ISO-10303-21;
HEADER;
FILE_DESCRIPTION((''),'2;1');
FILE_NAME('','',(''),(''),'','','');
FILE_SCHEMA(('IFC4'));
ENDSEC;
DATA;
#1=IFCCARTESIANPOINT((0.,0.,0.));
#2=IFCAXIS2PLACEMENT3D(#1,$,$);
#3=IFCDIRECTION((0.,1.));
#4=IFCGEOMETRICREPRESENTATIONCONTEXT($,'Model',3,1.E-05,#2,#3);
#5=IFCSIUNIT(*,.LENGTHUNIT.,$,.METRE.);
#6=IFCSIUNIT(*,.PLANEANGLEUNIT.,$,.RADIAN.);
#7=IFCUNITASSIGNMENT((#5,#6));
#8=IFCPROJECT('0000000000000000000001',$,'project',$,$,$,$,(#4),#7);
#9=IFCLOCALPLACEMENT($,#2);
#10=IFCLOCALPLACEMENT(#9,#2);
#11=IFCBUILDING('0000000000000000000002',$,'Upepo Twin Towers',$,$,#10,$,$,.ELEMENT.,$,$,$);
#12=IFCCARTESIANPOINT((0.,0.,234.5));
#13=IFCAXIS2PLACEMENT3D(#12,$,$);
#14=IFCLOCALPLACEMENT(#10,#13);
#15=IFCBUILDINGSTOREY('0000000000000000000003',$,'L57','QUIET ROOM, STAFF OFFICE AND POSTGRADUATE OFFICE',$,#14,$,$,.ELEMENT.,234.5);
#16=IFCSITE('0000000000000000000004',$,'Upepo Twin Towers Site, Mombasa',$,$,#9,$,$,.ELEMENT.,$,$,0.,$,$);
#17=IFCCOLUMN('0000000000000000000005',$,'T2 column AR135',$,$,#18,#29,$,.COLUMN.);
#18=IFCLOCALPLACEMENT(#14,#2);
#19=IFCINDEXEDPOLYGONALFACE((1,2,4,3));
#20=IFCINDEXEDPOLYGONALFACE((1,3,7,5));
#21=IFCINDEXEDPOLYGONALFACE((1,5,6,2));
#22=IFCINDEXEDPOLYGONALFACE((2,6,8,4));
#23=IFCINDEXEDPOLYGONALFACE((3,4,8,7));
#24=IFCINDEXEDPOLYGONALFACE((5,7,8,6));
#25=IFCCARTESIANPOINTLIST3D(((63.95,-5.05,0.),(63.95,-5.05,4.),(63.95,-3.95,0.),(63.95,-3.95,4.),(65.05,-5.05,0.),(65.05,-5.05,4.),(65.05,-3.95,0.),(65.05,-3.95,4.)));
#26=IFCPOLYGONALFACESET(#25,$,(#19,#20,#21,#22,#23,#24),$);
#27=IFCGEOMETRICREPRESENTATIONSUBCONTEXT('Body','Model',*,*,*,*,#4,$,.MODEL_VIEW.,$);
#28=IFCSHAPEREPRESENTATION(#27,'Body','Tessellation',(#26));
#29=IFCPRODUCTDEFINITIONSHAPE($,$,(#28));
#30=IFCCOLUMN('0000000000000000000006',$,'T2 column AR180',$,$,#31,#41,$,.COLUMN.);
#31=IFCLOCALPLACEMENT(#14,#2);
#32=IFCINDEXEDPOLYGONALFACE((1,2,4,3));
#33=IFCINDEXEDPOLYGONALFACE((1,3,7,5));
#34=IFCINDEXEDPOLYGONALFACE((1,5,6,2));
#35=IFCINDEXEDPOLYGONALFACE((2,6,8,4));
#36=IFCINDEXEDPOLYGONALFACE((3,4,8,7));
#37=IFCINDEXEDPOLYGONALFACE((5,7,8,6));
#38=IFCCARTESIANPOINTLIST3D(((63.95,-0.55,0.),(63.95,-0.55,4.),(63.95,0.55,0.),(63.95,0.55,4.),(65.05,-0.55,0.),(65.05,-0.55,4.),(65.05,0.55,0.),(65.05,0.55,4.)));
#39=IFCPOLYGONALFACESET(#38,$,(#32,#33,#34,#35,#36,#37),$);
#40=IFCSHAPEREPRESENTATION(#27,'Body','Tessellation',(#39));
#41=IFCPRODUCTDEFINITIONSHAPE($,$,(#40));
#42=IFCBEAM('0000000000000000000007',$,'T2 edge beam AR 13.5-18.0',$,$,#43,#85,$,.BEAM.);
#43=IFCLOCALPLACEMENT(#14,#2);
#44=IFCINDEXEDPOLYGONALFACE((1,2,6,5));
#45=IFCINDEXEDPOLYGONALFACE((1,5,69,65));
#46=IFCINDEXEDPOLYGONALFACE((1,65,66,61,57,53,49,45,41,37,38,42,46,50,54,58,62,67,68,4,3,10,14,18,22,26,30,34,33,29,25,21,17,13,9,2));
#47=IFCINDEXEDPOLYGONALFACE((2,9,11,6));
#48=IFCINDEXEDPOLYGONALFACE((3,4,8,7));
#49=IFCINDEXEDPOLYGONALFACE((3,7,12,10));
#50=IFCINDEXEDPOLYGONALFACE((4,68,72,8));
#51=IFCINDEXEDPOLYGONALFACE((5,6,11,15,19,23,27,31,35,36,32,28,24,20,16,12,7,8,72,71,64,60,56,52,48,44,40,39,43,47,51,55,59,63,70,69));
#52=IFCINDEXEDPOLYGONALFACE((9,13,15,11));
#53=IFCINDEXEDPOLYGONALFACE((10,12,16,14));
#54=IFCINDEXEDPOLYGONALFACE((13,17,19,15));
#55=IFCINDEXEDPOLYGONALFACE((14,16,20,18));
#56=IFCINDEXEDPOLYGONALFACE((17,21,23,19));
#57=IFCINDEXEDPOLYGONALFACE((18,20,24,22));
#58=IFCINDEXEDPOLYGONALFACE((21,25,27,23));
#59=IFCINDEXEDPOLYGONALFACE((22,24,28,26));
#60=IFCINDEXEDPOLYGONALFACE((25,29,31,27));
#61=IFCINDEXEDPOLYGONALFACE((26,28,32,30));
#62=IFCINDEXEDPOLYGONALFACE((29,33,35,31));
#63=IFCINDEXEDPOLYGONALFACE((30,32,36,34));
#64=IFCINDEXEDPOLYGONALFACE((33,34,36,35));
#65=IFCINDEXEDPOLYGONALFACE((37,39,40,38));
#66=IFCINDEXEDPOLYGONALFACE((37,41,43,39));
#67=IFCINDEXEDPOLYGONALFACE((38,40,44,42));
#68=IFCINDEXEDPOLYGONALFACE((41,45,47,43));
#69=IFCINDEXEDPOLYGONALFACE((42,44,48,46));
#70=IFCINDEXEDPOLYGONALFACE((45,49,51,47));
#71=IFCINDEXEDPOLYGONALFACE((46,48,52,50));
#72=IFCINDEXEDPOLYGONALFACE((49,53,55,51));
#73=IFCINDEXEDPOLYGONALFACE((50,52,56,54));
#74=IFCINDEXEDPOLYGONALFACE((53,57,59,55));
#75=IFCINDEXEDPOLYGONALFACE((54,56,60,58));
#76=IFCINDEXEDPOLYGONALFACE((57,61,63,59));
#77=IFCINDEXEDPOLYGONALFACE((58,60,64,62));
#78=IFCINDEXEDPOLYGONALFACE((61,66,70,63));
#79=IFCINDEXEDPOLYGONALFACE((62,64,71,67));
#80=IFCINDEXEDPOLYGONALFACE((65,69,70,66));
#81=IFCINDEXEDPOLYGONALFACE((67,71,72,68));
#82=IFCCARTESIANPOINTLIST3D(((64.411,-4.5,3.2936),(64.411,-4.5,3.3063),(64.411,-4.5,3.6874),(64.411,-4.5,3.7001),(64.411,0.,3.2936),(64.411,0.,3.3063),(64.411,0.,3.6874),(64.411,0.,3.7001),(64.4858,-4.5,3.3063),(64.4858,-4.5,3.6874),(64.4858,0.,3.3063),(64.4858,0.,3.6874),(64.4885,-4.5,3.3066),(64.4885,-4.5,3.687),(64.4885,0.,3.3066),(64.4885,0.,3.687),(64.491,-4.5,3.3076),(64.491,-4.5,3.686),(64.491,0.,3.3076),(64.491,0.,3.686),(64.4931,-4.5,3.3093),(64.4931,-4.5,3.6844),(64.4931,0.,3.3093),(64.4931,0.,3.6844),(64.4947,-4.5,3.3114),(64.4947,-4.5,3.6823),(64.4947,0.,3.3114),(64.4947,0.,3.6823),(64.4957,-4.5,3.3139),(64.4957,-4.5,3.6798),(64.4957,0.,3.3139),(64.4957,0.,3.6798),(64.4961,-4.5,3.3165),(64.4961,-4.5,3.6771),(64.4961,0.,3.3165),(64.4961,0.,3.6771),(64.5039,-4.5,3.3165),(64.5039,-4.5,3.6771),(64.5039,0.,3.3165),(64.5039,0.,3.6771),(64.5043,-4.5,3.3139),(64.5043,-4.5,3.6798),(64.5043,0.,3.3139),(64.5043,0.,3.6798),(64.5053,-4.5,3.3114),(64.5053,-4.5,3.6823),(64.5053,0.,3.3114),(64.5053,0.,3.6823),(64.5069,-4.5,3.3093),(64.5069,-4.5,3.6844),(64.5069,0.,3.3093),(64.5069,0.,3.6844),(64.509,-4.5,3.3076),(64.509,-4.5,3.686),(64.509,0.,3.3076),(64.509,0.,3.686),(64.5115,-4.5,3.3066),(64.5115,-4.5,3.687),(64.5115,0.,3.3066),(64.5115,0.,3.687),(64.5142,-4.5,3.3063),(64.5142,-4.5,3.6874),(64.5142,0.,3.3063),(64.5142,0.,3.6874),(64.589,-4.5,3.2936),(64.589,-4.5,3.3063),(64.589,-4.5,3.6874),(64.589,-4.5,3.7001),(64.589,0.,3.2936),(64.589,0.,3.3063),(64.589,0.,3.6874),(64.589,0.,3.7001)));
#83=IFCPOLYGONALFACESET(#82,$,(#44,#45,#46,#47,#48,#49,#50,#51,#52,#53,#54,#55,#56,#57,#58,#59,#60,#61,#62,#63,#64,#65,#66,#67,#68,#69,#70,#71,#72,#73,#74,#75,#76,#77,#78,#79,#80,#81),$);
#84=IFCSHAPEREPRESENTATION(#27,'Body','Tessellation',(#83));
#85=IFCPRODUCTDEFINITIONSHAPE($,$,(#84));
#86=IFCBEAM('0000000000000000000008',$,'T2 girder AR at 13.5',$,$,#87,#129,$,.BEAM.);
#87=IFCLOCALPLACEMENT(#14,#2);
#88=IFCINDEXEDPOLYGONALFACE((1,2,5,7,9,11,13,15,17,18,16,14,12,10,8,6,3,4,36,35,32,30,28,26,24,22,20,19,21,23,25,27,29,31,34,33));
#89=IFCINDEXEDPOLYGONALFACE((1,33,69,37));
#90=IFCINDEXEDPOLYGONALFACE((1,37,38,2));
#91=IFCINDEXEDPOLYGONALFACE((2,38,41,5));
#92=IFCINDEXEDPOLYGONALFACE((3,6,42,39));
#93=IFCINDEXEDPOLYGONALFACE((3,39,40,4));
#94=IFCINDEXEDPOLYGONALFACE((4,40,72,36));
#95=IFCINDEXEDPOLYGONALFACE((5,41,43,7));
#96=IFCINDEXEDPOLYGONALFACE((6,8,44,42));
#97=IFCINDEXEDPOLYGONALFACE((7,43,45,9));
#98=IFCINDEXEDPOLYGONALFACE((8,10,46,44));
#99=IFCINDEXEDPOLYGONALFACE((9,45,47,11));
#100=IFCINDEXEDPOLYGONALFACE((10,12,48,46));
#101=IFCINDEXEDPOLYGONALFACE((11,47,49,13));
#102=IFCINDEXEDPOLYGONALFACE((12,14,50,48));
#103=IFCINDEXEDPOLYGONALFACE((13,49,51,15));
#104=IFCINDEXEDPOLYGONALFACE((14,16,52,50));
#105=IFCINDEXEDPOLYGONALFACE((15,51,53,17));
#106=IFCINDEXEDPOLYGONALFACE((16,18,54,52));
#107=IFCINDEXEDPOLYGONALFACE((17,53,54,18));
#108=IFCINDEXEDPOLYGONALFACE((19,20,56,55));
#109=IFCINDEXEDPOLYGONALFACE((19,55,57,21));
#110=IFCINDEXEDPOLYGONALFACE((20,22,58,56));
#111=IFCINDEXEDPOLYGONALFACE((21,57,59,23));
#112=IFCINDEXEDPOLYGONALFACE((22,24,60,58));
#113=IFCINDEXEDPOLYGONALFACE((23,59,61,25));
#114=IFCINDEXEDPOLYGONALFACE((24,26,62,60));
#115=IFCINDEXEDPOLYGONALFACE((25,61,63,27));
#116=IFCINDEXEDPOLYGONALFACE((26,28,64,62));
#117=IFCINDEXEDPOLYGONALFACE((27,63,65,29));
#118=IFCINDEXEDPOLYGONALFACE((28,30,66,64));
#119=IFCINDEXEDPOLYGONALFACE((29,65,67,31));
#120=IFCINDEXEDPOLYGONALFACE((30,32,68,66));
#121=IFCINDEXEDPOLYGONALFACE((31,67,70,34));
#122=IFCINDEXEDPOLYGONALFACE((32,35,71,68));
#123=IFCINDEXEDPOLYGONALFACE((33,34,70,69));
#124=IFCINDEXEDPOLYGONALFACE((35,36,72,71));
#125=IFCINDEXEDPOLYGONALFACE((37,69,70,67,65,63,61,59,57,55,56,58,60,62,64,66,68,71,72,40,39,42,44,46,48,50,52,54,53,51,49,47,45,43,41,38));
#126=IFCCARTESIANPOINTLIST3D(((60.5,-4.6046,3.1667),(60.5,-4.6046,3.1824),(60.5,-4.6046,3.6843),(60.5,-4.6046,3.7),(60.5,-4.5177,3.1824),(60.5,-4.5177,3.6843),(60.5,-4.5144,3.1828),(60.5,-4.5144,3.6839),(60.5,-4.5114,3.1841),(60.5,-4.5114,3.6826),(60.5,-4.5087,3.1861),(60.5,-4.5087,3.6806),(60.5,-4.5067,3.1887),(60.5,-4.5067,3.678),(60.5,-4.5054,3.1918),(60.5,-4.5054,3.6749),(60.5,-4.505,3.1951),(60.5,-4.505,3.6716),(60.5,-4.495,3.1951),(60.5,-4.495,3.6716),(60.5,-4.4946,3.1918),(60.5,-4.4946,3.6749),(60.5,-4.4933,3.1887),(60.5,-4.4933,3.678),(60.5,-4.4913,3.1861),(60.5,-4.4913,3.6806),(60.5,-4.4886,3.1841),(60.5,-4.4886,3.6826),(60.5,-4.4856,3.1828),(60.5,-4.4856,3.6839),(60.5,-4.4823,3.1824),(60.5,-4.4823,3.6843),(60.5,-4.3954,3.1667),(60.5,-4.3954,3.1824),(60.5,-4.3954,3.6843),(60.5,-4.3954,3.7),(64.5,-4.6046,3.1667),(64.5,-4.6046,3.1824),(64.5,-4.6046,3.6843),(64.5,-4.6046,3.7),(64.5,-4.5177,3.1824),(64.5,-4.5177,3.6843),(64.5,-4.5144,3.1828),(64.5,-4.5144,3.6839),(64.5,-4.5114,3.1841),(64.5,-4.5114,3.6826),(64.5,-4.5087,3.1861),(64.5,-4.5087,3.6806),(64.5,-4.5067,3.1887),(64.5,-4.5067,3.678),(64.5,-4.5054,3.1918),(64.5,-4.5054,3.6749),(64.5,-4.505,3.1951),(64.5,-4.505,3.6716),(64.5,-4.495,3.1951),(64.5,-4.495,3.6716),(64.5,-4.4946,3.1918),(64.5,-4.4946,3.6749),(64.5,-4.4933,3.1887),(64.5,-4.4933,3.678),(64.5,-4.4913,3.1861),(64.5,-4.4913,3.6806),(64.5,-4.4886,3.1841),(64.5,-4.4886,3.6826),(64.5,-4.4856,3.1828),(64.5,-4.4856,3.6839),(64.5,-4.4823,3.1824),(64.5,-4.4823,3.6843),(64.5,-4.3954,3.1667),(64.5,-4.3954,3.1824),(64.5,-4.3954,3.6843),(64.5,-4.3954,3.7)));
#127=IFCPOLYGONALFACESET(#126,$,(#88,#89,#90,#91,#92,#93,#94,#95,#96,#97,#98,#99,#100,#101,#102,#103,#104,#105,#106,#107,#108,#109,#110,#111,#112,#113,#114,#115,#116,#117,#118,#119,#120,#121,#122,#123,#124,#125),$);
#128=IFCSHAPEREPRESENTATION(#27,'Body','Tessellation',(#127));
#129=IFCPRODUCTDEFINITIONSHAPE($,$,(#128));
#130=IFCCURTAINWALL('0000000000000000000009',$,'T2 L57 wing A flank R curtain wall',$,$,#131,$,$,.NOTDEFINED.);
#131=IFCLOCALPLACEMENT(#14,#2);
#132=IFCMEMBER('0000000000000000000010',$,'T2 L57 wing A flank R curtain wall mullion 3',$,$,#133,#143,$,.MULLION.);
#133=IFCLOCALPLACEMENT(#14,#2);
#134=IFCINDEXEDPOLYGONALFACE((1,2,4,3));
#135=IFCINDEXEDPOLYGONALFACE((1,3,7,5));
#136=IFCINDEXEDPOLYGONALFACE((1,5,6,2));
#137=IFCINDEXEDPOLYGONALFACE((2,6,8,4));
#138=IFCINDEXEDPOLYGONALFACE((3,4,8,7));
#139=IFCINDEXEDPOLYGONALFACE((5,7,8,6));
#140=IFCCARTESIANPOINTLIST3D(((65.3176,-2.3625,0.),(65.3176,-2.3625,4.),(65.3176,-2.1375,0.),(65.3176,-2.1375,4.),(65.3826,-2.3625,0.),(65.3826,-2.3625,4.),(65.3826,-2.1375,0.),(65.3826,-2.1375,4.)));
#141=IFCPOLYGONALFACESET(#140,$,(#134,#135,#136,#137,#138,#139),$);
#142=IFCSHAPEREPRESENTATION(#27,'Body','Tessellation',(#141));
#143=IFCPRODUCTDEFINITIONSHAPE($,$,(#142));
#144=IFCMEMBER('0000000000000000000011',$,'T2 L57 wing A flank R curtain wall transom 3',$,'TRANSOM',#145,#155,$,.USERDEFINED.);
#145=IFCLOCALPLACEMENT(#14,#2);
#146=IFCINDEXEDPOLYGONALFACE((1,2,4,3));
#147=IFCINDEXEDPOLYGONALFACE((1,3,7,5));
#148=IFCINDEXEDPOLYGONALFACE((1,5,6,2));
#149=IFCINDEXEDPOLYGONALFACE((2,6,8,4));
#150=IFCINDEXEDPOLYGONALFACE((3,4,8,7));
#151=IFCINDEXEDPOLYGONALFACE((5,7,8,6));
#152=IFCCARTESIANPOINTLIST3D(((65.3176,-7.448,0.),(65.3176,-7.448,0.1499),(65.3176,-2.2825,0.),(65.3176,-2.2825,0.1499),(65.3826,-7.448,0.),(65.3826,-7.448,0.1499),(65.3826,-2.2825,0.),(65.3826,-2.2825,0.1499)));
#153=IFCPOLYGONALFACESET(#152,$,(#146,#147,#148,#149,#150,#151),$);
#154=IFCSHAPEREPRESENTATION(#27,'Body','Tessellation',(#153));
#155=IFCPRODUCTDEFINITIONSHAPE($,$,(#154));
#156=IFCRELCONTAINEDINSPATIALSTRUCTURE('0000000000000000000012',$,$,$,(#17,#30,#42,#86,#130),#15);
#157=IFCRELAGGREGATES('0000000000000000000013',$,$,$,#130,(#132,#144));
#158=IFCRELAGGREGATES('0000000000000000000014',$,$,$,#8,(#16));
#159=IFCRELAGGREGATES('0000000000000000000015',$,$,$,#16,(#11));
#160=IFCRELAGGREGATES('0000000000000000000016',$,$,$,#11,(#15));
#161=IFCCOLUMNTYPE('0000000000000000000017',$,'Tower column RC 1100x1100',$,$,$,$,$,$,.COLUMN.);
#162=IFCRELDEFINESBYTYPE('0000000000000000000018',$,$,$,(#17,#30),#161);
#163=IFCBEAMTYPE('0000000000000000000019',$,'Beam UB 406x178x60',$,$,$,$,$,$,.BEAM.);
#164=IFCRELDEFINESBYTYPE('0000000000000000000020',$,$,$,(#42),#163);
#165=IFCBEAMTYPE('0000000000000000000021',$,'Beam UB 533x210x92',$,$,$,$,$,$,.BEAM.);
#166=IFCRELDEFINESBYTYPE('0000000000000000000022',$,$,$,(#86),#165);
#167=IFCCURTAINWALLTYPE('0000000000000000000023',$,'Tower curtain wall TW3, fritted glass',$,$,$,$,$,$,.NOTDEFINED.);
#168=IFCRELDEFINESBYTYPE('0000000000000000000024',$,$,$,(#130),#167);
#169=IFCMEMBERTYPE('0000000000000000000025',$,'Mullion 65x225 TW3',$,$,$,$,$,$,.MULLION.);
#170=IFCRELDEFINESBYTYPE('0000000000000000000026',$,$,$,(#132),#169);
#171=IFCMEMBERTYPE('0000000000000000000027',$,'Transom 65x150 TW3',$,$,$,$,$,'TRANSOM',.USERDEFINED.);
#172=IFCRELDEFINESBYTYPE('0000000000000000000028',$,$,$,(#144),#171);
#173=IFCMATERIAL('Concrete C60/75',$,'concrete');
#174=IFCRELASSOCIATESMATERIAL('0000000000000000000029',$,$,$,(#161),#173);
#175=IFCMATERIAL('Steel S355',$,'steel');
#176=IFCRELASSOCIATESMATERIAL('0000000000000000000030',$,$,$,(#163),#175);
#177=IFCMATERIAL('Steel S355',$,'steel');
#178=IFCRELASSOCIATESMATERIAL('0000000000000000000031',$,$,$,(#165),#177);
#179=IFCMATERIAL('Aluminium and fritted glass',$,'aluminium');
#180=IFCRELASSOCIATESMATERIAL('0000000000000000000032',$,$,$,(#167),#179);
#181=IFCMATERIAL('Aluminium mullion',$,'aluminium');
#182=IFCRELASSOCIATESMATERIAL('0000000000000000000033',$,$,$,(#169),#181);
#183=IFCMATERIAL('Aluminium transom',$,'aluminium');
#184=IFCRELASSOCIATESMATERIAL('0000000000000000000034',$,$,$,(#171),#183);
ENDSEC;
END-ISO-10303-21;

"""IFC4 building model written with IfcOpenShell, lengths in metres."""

from ifc_helpers import new_model, si_unit, direction, frame, origin, origin_2d, place, context, subcontext, project, spatial, rectangle, i_section, extrude, material, material_profile, profile_set, type_object, element, aggregate, save


model = new_model("IFC4")

# Units and contexts
model_context = context("Model", 3, precision=1e-05, world=origin(), true_north=direction((0.0, 1.0)))
body_context = subcontext(model_context, "Body", "Model", "MODEL_VIEW")
ifc_project = project(units=[si_unit("LENGTHUNIT", "METRE"), si_unit("PLANEANGLEUNIT", "RADIAN")], contexts=[model_context])

# Site, building, storey
site_placement = place(None, origin())
site = spatial("IfcSite", under=ifc_project, at=site_placement, Name="Upepo Twin Towers Site, Mombasa", CompositionType="ELEMENT", RefElevation=0.0)
building_placement = place(site_placement, origin())
building = spatial("IfcBuilding", under=site, at=building_placement, Name="Upepo Twin Towers", CompositionType="ELEMENT")
storey_placement = place(building_placement, frame((0.0, 0.0, 234.5)))
storey = spatial("IfcBuildingStorey", under=building, at=storey_placement, Name="L57", Description="QUIET ROOM, STAFF OFFICE AND POSTGRADUATE OFFICE", CompositionType="ELEMENT", Elevation=234.5)

# Columns
ifc_material_1 = material(Name="Concrete C60/75", Category="concrete")
ifc_material_profile_1 = material_profile(ifc_material_1, rectangle(XDim=1.1001, YDim=1.1001, at=origin_2d()), Name="RC 1100x1100")
ifc_profile_set_1 = profile_set([ifc_material_profile_1], Name="Concrete C60/75")
column_type = type_object("IfcColumnType", Name="Tower column RC 1100x1100", PredefinedType="COLUMN", material=ifc_profile_set_1)
for number, where, z_axis, x_axis, name in (
    (1, (64.5, -4.5, 0.0), (0.0, 0.0, 1.0), (1.0, 0.0, 0.0), "T2 column AR135"),
    (2, (64.5, 0.0, 0.0), (0.0, 0.0, 1.0), (1.0, 0.0, 0.0), "T2 column AR180"),
):
    element("IfcColumn", number, at=place(storey_placement, frame(where, z_axis=z_axis, x_axis=x_axis)), inside=storey, type_object=column_type, Name=name, PredefinedType="COLUMN", context=body_context, shape_type="SweptSolid", body=[
        extrude(rectangle(XDim=1.1001, YDim=1.1001, at=origin_2d()), origin(), (0.0, 0.0, 1.0), 4.0),
    ])

# Beams
ifc_material_2 = material(Name="Steel S355", Category="steel")
ifc_material_profile_2 = material_profile(ifc_material_2, i_section(OverallWidth=0.178, OverallDepth=0.4065, WebThickness=0.0078, FlangeThickness=0.0127, FilletRadius=0.0103, at=origin_2d()), Name="UB 406x178x60")
ifc_profile_set_2 = profile_set([ifc_material_profile_2], Name="Steel S355")
beam_type_1 = type_object("IfcBeamType", Name="Beam UB 406x178x60", PredefinedType="BEAM", material=ifc_profile_set_2)
beam_1_placement = place(storey_placement, frame((64.5, -4.5, 3.4968), z_axis=(0.0, 1.0, 0.0), x_axis=(-1.0, 0.0, 0.0)))
element("IfcBeam", 3, at=beam_1_placement, inside=storey, type_object=beam_type_1, Name="T2 edge beam AR 13.5-18.0", PredefinedType="BEAM", context=body_context, shape_type="SweptSolid", body=[
    extrude(i_section(OverallWidth=0.178, OverallDepth=0.4065, WebThickness=0.0078, FlangeThickness=0.0127, FilletRadius=0.0103, at=origin_2d()), origin(), (0.0, 0.0, 1.0), 4.5),
])
ifc_material_3 = material(Name="Steel S355", Category="steel")
ifc_material_profile_3 = material_profile(ifc_material_3, i_section(OverallWidth=0.2092, OverallDepth=0.5332, WebThickness=0.01, FlangeThickness=0.0156, FilletRadius=0.0127, at=origin_2d()), Name="UB 533x210x92")
ifc_profile_set_3 = profile_set([ifc_material_profile_3], Name="Steel S355")
beam_type_2 = type_object("IfcBeamType", Name="Beam UB 533x210x92", PredefinedType="BEAM", material=ifc_profile_set_3)
beam_2_placement = place(storey_placement, frame((64.5, -4.5, 3.4333), z_axis=(-1.0, 0.0, 0.0), x_axis=(0.0, -1.0, 0.0)))
element("IfcBeam", 4, at=beam_2_placement, inside=storey, type_object=beam_type_2, Name="T2 girder AR at 13.5", PredefinedType="BEAM", context=body_context, shape_type="SweptSolid", body=[
    extrude(i_section(OverallWidth=0.2092, OverallDepth=0.5332, WebThickness=0.01, FlangeThickness=0.0156, FilletRadius=0.0127, at=origin_2d()), origin(), (0.0, 0.0, 1.0), 4.0),
])

# Curtain wall, members
ifc_material_4 = material(Name="Aluminium and fritted glass", Category="aluminium")
curtain_wall_type = type_object("IfcCurtainWallType", Name="Tower curtain wall TW3, fritted glass", PredefinedType="NOTDEFINED", material=ifc_material_4)
curtain_wall_placement = place(storey_placement, origin())
curtain_wall = element("IfcCurtainWall", 5, at=curtain_wall_placement, inside=storey, type_object=curtain_wall_type, Name="T2 L57 wing A flank R curtain wall", PredefinedType="NOTDEFINED")
ifc_material_5 = material(Name="Aluminium mullion", Category="aluminium")
ifc_material_profile_4 = material_profile(ifc_material_5, rectangle(XDim=0.0649, YDim=0.2251, at=origin_2d()), Name="MULLION 65x225")
ifc_profile_set_4 = profile_set([ifc_material_profile_4], Name="Aluminium mullion")
member_type_1 = type_object("IfcMemberType", Name="Mullion 65x225 TW3", PredefinedType="MULLION", material=ifc_profile_set_4)
member_1_placement = place(storey_placement, frame((65.3501, -2.25, 0.0), z_axis=(0.0, 0.0, 1.0), x_axis=(1.0, 0.0, 0.0)))
member_1 = element("IfcMember", 6, at=member_1_placement, type_object=member_type_1, Name="T2 L57 wing A flank R curtain wall mullion 3", PredefinedType="MULLION", context=body_context, shape_type="SweptSolid", body=[
    extrude(rectangle(XDim=0.0649, YDim=0.2251, at=origin_2d()), origin(), (0.0, 0.0, 1.0), 4.0),
])
ifc_material_6 = material(Name="Aluminium transom", Category="aluminium")
ifc_material_profile_5 = material_profile(ifc_material_6, rectangle(XDim=0.0649, YDim=0.1499, at=origin_2d()), Name="TRANSOM 65x150")
ifc_profile_set_5 = profile_set([ifc_material_profile_5], Name="Aluminium transom")
member_type_2 = type_object("IfcMemberType", Name="Transom 65x150 TW3", ElementType="TRANSOM", PredefinedType="USERDEFINED", material=ifc_profile_set_5)
member_2_placement = place(storey_placement, frame((65.3501, -2.2825, 0.075), z_axis=(0.0, -1.0, 0.0), x_axis=(1.0, 0.0, 0.0)))
member_2 = element("IfcMember", 7, at=member_2_placement, type_object=member_type_2, Name="T2 L57 wing A flank R curtain wall transom 3", ObjectType="TRANSOM", PredefinedType="USERDEFINED", context=body_context, shape_type="SweptSolid", body=[
    extrude(rectangle(XDim=0.0649, YDim=0.1499, at=origin_2d()), origin(), (0.0, 0.0, 1.0), 5.1655),
])
aggregate(curtain_wall, [member_1, member_2])

save(model, "model.ifc")
